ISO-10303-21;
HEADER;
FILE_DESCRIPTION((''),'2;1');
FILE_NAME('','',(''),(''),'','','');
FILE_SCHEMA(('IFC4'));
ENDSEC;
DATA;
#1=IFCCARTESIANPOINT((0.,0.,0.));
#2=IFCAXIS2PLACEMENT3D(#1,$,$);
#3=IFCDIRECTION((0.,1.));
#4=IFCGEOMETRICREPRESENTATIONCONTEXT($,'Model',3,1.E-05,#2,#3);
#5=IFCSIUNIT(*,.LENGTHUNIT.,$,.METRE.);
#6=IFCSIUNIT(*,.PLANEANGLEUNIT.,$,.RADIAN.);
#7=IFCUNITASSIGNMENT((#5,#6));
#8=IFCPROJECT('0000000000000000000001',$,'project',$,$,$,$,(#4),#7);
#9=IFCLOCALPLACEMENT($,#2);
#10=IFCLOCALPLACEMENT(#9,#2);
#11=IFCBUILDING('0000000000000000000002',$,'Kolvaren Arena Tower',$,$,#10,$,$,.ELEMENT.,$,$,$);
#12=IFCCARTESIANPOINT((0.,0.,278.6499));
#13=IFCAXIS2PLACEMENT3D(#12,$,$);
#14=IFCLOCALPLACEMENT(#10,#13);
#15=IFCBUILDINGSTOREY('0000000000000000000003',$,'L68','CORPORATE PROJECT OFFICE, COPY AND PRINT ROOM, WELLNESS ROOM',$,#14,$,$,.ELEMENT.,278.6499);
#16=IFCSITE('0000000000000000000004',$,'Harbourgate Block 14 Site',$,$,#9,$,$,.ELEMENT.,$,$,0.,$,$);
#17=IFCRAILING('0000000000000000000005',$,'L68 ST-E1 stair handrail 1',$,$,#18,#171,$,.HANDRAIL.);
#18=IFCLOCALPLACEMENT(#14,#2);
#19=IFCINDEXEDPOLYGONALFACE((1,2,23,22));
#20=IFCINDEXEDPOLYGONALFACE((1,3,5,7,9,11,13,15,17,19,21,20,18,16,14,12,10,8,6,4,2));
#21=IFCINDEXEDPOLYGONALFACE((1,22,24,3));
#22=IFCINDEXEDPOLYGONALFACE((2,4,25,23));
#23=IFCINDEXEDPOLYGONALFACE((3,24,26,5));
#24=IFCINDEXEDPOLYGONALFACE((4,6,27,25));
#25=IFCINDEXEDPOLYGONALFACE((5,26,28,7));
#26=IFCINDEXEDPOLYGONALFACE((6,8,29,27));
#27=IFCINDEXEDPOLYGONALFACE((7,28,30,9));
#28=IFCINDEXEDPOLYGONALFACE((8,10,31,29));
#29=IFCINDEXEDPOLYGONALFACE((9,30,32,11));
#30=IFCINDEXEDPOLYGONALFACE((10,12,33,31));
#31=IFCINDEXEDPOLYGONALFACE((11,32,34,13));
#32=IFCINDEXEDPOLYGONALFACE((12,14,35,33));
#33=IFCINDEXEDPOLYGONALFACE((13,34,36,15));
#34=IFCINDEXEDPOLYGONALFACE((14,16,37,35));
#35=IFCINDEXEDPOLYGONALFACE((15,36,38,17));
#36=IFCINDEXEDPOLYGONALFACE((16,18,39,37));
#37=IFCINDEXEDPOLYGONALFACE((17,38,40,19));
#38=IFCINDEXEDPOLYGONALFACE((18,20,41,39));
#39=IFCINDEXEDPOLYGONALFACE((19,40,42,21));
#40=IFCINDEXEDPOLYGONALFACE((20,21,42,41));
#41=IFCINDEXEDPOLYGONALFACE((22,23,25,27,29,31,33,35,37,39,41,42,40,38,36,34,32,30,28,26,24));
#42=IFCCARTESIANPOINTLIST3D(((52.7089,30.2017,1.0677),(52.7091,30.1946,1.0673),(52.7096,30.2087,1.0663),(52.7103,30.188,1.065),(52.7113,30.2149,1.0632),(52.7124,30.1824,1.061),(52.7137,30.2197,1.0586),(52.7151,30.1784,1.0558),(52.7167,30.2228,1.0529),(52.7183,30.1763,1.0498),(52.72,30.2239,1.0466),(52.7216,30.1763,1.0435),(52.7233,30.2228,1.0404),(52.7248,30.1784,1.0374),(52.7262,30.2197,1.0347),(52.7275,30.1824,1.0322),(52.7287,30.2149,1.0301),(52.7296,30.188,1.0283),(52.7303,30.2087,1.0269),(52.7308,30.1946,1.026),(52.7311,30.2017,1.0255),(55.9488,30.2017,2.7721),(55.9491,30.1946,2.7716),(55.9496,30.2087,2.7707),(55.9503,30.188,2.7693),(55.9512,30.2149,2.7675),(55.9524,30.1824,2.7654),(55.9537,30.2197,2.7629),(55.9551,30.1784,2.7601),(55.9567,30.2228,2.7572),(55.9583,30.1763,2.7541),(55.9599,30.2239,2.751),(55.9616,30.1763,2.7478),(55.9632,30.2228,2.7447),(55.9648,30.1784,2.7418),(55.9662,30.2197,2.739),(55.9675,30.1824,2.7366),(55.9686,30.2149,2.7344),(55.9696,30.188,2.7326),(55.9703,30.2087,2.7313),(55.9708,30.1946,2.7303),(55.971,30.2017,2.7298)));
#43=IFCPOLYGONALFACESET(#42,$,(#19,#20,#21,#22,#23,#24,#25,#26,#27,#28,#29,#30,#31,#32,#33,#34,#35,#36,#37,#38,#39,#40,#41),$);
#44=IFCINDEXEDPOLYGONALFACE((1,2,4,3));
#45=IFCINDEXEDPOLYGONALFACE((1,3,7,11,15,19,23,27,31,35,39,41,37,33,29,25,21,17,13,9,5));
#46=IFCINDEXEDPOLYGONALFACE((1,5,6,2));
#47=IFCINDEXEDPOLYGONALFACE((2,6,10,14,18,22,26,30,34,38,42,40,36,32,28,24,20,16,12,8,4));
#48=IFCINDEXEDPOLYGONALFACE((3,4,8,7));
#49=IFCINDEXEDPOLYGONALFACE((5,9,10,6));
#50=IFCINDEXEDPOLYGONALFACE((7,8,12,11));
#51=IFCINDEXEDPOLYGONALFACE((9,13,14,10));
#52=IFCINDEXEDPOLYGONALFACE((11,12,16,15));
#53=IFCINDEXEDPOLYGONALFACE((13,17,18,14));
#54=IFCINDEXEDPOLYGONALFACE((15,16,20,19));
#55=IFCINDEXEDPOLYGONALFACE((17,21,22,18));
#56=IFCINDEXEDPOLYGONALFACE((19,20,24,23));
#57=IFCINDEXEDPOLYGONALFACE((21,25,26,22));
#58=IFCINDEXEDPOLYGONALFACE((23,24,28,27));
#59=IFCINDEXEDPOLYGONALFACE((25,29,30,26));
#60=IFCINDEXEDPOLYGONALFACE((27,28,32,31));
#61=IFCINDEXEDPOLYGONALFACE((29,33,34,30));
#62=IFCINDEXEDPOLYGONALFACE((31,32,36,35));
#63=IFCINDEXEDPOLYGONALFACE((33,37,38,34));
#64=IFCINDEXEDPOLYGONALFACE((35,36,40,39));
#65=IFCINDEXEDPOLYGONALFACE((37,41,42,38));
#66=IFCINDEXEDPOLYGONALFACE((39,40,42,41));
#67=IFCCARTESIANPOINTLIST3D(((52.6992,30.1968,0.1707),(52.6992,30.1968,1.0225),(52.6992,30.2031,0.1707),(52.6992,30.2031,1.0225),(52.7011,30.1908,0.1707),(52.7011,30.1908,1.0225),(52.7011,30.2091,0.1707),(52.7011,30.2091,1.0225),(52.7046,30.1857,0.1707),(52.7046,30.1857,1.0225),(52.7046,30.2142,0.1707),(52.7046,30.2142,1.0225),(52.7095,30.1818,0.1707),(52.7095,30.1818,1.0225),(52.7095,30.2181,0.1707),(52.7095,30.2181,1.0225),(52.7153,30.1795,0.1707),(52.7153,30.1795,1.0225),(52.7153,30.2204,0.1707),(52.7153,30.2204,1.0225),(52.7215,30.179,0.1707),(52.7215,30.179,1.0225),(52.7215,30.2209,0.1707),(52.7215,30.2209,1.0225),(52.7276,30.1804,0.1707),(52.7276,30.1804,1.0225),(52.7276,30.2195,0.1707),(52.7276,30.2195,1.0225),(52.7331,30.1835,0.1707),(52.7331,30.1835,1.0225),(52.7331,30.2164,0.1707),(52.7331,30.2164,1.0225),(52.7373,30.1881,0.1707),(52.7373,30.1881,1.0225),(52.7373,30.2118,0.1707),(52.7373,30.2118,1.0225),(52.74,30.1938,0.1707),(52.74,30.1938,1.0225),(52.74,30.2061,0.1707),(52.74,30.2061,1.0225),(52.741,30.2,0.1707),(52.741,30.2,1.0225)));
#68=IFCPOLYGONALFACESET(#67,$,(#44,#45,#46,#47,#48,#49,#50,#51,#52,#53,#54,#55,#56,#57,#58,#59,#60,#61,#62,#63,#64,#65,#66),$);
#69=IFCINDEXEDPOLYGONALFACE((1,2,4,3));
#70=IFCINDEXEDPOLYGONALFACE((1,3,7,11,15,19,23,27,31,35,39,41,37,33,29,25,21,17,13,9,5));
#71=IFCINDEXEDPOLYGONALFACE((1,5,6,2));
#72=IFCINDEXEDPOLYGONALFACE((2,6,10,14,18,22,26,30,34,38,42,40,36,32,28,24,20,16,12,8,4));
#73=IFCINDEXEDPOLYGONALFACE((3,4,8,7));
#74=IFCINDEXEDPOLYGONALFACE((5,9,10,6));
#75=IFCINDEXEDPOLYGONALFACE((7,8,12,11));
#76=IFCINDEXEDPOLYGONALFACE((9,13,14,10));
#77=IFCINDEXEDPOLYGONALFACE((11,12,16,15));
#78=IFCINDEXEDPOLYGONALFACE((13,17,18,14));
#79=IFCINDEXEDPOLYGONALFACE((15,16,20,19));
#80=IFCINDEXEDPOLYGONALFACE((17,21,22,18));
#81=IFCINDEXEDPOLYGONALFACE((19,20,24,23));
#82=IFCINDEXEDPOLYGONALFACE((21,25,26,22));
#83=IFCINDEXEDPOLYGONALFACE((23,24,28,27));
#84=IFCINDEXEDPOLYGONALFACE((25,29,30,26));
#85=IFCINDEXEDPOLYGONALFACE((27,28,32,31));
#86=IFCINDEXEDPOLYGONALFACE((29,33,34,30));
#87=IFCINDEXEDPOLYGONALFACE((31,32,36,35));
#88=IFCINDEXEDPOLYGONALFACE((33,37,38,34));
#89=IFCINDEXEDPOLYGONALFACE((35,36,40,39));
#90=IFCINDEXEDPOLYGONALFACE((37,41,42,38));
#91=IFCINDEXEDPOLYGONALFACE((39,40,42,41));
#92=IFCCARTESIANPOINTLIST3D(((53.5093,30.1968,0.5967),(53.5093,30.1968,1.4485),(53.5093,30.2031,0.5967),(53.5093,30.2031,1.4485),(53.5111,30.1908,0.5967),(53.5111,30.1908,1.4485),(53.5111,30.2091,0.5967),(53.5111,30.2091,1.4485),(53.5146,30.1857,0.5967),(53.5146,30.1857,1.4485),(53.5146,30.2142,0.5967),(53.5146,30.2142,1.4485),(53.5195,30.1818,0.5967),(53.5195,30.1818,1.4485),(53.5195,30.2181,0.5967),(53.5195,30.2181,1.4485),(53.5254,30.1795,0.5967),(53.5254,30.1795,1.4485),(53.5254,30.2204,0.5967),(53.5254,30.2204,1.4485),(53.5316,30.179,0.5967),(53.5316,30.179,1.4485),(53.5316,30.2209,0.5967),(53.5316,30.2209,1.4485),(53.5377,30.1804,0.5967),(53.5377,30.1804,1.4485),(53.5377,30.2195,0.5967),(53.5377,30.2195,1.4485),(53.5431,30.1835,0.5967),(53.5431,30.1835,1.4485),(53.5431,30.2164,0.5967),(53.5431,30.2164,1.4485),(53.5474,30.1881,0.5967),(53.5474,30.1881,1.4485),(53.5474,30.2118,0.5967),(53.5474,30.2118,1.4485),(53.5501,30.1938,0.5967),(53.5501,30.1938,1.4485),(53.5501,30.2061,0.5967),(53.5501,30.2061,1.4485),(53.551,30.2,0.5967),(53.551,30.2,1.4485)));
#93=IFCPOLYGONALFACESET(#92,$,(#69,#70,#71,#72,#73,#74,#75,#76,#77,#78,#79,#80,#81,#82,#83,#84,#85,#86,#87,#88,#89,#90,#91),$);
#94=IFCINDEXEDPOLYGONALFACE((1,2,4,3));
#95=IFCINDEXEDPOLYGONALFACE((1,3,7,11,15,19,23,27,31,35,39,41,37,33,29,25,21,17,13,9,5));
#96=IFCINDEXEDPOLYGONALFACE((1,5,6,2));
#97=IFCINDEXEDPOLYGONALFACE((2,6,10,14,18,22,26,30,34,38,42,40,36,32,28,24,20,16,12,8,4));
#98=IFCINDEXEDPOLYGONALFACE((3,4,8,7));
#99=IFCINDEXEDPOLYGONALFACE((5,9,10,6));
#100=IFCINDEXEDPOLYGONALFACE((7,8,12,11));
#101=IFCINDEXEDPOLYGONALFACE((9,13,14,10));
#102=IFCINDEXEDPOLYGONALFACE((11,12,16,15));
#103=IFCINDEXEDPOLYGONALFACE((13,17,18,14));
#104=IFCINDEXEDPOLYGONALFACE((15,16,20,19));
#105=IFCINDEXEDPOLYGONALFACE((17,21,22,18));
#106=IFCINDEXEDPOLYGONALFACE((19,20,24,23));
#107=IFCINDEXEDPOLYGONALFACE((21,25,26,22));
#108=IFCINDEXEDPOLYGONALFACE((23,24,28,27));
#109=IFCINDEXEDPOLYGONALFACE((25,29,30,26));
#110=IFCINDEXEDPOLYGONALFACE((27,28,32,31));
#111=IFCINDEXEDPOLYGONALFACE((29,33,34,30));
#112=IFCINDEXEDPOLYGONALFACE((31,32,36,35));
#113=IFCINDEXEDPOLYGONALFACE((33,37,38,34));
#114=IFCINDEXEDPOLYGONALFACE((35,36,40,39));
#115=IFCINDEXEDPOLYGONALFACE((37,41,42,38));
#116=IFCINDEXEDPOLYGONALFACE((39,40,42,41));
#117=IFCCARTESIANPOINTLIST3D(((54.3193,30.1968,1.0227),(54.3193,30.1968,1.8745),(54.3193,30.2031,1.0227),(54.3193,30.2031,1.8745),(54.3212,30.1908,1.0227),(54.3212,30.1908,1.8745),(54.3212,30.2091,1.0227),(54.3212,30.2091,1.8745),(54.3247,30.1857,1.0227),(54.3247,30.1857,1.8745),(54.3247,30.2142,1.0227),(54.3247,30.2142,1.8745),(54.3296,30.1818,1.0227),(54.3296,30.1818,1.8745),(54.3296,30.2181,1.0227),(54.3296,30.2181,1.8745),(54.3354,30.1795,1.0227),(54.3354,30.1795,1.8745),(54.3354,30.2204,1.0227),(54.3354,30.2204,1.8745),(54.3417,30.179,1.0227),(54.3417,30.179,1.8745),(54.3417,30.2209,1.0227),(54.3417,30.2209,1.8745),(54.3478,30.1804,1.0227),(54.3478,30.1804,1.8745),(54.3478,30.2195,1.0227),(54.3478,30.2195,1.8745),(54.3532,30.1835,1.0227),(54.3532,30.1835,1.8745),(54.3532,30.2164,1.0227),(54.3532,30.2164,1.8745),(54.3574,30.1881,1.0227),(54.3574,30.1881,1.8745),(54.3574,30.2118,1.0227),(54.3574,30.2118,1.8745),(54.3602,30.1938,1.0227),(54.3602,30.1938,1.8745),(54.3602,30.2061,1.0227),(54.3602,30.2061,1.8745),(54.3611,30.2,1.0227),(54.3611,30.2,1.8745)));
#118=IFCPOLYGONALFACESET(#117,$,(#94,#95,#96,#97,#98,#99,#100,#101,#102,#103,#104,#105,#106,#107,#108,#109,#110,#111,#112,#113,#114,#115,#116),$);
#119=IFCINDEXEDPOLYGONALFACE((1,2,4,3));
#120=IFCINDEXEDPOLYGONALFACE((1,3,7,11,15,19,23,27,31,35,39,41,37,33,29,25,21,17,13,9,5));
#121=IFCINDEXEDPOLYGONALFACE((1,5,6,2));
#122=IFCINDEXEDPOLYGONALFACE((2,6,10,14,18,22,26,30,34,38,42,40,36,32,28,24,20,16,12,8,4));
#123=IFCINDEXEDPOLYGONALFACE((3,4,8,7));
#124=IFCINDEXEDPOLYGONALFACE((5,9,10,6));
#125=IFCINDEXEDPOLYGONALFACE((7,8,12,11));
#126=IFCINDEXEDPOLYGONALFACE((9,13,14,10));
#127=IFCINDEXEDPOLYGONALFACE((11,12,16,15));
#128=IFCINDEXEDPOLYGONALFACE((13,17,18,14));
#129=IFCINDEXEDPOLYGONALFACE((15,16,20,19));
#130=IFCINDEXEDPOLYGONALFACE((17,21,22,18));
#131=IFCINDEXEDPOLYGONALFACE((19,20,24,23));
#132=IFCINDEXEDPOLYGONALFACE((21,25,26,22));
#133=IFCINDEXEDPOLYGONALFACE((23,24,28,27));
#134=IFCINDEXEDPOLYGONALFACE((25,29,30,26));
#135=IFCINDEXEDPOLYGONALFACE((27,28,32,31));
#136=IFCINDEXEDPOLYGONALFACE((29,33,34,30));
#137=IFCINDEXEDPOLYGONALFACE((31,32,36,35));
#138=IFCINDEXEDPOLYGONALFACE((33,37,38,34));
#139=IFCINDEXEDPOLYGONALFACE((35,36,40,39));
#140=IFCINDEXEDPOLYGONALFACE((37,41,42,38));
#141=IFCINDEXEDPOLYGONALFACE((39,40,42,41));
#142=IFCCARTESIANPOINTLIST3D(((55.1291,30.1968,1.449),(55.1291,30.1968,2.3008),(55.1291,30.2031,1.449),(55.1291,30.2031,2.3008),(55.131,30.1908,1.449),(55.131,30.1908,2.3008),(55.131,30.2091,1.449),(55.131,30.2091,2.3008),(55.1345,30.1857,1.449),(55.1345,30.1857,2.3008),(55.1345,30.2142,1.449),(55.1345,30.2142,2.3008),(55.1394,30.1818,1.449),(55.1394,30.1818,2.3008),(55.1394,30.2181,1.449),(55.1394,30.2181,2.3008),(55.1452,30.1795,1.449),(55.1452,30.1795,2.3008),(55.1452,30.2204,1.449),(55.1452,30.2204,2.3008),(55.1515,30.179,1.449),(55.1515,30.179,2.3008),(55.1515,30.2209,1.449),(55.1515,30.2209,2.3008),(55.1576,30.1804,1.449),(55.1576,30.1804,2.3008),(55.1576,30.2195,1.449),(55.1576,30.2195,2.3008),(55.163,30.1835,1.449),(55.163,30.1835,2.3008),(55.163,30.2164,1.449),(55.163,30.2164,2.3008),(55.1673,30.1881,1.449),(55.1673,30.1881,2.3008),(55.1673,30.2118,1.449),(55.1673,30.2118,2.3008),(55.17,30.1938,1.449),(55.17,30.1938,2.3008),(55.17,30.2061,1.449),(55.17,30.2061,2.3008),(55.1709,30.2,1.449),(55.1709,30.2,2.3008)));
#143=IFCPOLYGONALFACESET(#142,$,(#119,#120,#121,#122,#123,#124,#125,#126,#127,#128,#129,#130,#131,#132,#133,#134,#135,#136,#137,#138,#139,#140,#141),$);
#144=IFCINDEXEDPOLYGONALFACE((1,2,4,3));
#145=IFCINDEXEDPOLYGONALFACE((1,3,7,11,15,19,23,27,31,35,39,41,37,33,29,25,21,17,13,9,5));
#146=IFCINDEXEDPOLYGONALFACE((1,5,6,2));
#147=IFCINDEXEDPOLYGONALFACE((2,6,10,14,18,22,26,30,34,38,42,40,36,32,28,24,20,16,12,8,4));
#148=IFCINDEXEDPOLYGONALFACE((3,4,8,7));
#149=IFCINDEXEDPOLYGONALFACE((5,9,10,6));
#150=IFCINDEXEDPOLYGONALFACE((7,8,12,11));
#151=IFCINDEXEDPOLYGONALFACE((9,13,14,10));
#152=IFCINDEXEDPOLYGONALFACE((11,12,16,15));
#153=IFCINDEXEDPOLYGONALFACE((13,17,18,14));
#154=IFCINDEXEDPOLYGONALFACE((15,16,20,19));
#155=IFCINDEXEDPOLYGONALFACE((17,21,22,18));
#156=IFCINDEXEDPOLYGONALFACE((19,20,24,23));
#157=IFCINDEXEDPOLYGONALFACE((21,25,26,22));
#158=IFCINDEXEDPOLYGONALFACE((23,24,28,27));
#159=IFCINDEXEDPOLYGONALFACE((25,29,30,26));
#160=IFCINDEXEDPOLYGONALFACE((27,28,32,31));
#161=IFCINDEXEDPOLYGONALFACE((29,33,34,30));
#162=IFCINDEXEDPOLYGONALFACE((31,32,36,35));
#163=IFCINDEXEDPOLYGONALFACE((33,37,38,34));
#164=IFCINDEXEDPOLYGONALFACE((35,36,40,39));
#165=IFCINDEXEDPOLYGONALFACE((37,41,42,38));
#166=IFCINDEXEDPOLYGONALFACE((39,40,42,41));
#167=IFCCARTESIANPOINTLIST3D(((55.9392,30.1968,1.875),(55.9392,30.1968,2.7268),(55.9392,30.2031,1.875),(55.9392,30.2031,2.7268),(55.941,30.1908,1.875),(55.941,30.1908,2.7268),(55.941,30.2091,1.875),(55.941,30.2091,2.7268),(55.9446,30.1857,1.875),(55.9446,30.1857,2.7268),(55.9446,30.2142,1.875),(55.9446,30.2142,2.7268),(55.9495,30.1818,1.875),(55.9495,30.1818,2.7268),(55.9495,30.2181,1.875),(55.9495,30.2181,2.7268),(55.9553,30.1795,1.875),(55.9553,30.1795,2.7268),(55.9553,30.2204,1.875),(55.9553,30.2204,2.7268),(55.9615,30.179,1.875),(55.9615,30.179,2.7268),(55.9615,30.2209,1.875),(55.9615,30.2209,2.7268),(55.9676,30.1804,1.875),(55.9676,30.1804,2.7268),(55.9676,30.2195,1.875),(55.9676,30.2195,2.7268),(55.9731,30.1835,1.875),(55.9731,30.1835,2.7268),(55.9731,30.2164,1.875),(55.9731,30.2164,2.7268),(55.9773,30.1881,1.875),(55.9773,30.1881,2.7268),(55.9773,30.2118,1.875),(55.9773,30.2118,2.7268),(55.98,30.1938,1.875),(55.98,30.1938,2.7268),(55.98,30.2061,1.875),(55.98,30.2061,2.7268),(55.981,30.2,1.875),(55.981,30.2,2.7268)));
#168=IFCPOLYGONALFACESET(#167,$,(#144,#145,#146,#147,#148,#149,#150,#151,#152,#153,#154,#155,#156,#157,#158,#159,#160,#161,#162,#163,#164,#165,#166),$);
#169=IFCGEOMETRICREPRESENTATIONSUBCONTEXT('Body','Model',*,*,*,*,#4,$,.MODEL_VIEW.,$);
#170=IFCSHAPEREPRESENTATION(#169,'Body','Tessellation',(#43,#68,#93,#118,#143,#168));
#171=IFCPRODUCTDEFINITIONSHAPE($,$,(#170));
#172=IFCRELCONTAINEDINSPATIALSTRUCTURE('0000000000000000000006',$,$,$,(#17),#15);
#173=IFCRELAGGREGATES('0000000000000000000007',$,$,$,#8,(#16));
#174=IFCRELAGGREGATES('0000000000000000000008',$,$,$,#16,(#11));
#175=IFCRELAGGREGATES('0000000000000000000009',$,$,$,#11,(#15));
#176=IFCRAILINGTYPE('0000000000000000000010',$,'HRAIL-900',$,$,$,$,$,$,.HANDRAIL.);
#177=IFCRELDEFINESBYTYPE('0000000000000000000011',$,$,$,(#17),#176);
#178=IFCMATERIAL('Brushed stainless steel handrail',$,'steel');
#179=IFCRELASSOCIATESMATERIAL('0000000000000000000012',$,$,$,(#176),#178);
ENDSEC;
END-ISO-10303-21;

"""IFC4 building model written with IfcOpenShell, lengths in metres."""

from ifc_helpers import new_model, si_unit, direction, frame, origin, origin_2d, place, context, subcontext, project, spatial, circle, extrude, material, type_object, element, save


model = new_model("IFC4")

# Units and contexts
model_context = context("Model", 3, precision=1e-05, world=origin(), true_north=direction((0.0, 1.0)))
body_context = subcontext(model_context, "Body", "Model", "MODEL_VIEW")
ifc_project = project(units=[si_unit("LENGTHUNIT", "METRE"), si_unit("PLANEANGLEUNIT", "RADIAN")], contexts=[model_context])

# Site, building, storey
site_placement = place(None, origin())
site = spatial("IfcSite", under=ifc_project, at=site_placement, Name="Harbourgate Block 14 Site", CompositionType="ELEMENT", RefElevation=0.0)
building_placement = place(site_placement, origin())
building = spatial("IfcBuilding", under=site, at=building_placement, Name="Kolvaren Arena Tower", CompositionType="ELEMENT")
storey_placement = place(building_placement, frame((0.0, 0.0, 278.6499)))
storey = spatial("IfcBuildingStorey", under=building, at=storey_placement, Name="L68", Description="CORPORATE PROJECT OFFICE, COPY AND PRINT ROOM, WELLNESS ROOM", CompositionType="ELEMENT", Elevation=278.6499)

# Railing
ifc_material_1 = material(Name="Brushed stainless steel handrail", Category="steel")
railing_type_1 = type_object("IfcRailingType", Name="HRAIL-900", PredefinedType="HANDRAIL", material=ifc_material_1)
railing_1_placement = place(storey_placement, frame((52.72, 30.2, 0.1707)))
element("IfcRailing", 1, at=railing_1_placement, inside=storey, type_object=railing_type_1, Name="L68 ST-E1 stair handrail 1", PredefinedType="HANDRAIL", context=body_context, shape_type="SweptSolid", body=[
    extrude(circle(Radius=0.0239, at=origin_2d()), frame((0.0, 0.0, 0.876), z_axis=(0.885021, 0.0, 0.465551), x_axis=(0.0, 1.0, 0.0)), (0.0, 0.0, 1.0), 3.6609),
    extrude(circle(Radius=0.021, at=origin_2d()), origin(), (0.0, 0.0, 1.0), 0.8518),
    extrude(circle(Radius=0.021, at=origin_2d()), frame((0.8101, 0.0, 0.426)), (0.0, 0.0, 1.0), 0.8518),
    extrude(circle(Radius=0.021, at=origin_2d()), frame((1.6201, 0.0, 0.8521)), (0.0, 0.0, 1.0), 0.8518),
    extrude(circle(Radius=0.021, at=origin_2d()), frame((2.4299, 0.0, 1.2783)), (0.0, 0.0, 1.0), 0.8518),
    extrude(circle(Radius=0.021, at=origin_2d()), frame((3.24, 0.0, 1.7043)), (0.0, 0.0, 1.0), 0.8518),
])

save(model, "model.ifc")
